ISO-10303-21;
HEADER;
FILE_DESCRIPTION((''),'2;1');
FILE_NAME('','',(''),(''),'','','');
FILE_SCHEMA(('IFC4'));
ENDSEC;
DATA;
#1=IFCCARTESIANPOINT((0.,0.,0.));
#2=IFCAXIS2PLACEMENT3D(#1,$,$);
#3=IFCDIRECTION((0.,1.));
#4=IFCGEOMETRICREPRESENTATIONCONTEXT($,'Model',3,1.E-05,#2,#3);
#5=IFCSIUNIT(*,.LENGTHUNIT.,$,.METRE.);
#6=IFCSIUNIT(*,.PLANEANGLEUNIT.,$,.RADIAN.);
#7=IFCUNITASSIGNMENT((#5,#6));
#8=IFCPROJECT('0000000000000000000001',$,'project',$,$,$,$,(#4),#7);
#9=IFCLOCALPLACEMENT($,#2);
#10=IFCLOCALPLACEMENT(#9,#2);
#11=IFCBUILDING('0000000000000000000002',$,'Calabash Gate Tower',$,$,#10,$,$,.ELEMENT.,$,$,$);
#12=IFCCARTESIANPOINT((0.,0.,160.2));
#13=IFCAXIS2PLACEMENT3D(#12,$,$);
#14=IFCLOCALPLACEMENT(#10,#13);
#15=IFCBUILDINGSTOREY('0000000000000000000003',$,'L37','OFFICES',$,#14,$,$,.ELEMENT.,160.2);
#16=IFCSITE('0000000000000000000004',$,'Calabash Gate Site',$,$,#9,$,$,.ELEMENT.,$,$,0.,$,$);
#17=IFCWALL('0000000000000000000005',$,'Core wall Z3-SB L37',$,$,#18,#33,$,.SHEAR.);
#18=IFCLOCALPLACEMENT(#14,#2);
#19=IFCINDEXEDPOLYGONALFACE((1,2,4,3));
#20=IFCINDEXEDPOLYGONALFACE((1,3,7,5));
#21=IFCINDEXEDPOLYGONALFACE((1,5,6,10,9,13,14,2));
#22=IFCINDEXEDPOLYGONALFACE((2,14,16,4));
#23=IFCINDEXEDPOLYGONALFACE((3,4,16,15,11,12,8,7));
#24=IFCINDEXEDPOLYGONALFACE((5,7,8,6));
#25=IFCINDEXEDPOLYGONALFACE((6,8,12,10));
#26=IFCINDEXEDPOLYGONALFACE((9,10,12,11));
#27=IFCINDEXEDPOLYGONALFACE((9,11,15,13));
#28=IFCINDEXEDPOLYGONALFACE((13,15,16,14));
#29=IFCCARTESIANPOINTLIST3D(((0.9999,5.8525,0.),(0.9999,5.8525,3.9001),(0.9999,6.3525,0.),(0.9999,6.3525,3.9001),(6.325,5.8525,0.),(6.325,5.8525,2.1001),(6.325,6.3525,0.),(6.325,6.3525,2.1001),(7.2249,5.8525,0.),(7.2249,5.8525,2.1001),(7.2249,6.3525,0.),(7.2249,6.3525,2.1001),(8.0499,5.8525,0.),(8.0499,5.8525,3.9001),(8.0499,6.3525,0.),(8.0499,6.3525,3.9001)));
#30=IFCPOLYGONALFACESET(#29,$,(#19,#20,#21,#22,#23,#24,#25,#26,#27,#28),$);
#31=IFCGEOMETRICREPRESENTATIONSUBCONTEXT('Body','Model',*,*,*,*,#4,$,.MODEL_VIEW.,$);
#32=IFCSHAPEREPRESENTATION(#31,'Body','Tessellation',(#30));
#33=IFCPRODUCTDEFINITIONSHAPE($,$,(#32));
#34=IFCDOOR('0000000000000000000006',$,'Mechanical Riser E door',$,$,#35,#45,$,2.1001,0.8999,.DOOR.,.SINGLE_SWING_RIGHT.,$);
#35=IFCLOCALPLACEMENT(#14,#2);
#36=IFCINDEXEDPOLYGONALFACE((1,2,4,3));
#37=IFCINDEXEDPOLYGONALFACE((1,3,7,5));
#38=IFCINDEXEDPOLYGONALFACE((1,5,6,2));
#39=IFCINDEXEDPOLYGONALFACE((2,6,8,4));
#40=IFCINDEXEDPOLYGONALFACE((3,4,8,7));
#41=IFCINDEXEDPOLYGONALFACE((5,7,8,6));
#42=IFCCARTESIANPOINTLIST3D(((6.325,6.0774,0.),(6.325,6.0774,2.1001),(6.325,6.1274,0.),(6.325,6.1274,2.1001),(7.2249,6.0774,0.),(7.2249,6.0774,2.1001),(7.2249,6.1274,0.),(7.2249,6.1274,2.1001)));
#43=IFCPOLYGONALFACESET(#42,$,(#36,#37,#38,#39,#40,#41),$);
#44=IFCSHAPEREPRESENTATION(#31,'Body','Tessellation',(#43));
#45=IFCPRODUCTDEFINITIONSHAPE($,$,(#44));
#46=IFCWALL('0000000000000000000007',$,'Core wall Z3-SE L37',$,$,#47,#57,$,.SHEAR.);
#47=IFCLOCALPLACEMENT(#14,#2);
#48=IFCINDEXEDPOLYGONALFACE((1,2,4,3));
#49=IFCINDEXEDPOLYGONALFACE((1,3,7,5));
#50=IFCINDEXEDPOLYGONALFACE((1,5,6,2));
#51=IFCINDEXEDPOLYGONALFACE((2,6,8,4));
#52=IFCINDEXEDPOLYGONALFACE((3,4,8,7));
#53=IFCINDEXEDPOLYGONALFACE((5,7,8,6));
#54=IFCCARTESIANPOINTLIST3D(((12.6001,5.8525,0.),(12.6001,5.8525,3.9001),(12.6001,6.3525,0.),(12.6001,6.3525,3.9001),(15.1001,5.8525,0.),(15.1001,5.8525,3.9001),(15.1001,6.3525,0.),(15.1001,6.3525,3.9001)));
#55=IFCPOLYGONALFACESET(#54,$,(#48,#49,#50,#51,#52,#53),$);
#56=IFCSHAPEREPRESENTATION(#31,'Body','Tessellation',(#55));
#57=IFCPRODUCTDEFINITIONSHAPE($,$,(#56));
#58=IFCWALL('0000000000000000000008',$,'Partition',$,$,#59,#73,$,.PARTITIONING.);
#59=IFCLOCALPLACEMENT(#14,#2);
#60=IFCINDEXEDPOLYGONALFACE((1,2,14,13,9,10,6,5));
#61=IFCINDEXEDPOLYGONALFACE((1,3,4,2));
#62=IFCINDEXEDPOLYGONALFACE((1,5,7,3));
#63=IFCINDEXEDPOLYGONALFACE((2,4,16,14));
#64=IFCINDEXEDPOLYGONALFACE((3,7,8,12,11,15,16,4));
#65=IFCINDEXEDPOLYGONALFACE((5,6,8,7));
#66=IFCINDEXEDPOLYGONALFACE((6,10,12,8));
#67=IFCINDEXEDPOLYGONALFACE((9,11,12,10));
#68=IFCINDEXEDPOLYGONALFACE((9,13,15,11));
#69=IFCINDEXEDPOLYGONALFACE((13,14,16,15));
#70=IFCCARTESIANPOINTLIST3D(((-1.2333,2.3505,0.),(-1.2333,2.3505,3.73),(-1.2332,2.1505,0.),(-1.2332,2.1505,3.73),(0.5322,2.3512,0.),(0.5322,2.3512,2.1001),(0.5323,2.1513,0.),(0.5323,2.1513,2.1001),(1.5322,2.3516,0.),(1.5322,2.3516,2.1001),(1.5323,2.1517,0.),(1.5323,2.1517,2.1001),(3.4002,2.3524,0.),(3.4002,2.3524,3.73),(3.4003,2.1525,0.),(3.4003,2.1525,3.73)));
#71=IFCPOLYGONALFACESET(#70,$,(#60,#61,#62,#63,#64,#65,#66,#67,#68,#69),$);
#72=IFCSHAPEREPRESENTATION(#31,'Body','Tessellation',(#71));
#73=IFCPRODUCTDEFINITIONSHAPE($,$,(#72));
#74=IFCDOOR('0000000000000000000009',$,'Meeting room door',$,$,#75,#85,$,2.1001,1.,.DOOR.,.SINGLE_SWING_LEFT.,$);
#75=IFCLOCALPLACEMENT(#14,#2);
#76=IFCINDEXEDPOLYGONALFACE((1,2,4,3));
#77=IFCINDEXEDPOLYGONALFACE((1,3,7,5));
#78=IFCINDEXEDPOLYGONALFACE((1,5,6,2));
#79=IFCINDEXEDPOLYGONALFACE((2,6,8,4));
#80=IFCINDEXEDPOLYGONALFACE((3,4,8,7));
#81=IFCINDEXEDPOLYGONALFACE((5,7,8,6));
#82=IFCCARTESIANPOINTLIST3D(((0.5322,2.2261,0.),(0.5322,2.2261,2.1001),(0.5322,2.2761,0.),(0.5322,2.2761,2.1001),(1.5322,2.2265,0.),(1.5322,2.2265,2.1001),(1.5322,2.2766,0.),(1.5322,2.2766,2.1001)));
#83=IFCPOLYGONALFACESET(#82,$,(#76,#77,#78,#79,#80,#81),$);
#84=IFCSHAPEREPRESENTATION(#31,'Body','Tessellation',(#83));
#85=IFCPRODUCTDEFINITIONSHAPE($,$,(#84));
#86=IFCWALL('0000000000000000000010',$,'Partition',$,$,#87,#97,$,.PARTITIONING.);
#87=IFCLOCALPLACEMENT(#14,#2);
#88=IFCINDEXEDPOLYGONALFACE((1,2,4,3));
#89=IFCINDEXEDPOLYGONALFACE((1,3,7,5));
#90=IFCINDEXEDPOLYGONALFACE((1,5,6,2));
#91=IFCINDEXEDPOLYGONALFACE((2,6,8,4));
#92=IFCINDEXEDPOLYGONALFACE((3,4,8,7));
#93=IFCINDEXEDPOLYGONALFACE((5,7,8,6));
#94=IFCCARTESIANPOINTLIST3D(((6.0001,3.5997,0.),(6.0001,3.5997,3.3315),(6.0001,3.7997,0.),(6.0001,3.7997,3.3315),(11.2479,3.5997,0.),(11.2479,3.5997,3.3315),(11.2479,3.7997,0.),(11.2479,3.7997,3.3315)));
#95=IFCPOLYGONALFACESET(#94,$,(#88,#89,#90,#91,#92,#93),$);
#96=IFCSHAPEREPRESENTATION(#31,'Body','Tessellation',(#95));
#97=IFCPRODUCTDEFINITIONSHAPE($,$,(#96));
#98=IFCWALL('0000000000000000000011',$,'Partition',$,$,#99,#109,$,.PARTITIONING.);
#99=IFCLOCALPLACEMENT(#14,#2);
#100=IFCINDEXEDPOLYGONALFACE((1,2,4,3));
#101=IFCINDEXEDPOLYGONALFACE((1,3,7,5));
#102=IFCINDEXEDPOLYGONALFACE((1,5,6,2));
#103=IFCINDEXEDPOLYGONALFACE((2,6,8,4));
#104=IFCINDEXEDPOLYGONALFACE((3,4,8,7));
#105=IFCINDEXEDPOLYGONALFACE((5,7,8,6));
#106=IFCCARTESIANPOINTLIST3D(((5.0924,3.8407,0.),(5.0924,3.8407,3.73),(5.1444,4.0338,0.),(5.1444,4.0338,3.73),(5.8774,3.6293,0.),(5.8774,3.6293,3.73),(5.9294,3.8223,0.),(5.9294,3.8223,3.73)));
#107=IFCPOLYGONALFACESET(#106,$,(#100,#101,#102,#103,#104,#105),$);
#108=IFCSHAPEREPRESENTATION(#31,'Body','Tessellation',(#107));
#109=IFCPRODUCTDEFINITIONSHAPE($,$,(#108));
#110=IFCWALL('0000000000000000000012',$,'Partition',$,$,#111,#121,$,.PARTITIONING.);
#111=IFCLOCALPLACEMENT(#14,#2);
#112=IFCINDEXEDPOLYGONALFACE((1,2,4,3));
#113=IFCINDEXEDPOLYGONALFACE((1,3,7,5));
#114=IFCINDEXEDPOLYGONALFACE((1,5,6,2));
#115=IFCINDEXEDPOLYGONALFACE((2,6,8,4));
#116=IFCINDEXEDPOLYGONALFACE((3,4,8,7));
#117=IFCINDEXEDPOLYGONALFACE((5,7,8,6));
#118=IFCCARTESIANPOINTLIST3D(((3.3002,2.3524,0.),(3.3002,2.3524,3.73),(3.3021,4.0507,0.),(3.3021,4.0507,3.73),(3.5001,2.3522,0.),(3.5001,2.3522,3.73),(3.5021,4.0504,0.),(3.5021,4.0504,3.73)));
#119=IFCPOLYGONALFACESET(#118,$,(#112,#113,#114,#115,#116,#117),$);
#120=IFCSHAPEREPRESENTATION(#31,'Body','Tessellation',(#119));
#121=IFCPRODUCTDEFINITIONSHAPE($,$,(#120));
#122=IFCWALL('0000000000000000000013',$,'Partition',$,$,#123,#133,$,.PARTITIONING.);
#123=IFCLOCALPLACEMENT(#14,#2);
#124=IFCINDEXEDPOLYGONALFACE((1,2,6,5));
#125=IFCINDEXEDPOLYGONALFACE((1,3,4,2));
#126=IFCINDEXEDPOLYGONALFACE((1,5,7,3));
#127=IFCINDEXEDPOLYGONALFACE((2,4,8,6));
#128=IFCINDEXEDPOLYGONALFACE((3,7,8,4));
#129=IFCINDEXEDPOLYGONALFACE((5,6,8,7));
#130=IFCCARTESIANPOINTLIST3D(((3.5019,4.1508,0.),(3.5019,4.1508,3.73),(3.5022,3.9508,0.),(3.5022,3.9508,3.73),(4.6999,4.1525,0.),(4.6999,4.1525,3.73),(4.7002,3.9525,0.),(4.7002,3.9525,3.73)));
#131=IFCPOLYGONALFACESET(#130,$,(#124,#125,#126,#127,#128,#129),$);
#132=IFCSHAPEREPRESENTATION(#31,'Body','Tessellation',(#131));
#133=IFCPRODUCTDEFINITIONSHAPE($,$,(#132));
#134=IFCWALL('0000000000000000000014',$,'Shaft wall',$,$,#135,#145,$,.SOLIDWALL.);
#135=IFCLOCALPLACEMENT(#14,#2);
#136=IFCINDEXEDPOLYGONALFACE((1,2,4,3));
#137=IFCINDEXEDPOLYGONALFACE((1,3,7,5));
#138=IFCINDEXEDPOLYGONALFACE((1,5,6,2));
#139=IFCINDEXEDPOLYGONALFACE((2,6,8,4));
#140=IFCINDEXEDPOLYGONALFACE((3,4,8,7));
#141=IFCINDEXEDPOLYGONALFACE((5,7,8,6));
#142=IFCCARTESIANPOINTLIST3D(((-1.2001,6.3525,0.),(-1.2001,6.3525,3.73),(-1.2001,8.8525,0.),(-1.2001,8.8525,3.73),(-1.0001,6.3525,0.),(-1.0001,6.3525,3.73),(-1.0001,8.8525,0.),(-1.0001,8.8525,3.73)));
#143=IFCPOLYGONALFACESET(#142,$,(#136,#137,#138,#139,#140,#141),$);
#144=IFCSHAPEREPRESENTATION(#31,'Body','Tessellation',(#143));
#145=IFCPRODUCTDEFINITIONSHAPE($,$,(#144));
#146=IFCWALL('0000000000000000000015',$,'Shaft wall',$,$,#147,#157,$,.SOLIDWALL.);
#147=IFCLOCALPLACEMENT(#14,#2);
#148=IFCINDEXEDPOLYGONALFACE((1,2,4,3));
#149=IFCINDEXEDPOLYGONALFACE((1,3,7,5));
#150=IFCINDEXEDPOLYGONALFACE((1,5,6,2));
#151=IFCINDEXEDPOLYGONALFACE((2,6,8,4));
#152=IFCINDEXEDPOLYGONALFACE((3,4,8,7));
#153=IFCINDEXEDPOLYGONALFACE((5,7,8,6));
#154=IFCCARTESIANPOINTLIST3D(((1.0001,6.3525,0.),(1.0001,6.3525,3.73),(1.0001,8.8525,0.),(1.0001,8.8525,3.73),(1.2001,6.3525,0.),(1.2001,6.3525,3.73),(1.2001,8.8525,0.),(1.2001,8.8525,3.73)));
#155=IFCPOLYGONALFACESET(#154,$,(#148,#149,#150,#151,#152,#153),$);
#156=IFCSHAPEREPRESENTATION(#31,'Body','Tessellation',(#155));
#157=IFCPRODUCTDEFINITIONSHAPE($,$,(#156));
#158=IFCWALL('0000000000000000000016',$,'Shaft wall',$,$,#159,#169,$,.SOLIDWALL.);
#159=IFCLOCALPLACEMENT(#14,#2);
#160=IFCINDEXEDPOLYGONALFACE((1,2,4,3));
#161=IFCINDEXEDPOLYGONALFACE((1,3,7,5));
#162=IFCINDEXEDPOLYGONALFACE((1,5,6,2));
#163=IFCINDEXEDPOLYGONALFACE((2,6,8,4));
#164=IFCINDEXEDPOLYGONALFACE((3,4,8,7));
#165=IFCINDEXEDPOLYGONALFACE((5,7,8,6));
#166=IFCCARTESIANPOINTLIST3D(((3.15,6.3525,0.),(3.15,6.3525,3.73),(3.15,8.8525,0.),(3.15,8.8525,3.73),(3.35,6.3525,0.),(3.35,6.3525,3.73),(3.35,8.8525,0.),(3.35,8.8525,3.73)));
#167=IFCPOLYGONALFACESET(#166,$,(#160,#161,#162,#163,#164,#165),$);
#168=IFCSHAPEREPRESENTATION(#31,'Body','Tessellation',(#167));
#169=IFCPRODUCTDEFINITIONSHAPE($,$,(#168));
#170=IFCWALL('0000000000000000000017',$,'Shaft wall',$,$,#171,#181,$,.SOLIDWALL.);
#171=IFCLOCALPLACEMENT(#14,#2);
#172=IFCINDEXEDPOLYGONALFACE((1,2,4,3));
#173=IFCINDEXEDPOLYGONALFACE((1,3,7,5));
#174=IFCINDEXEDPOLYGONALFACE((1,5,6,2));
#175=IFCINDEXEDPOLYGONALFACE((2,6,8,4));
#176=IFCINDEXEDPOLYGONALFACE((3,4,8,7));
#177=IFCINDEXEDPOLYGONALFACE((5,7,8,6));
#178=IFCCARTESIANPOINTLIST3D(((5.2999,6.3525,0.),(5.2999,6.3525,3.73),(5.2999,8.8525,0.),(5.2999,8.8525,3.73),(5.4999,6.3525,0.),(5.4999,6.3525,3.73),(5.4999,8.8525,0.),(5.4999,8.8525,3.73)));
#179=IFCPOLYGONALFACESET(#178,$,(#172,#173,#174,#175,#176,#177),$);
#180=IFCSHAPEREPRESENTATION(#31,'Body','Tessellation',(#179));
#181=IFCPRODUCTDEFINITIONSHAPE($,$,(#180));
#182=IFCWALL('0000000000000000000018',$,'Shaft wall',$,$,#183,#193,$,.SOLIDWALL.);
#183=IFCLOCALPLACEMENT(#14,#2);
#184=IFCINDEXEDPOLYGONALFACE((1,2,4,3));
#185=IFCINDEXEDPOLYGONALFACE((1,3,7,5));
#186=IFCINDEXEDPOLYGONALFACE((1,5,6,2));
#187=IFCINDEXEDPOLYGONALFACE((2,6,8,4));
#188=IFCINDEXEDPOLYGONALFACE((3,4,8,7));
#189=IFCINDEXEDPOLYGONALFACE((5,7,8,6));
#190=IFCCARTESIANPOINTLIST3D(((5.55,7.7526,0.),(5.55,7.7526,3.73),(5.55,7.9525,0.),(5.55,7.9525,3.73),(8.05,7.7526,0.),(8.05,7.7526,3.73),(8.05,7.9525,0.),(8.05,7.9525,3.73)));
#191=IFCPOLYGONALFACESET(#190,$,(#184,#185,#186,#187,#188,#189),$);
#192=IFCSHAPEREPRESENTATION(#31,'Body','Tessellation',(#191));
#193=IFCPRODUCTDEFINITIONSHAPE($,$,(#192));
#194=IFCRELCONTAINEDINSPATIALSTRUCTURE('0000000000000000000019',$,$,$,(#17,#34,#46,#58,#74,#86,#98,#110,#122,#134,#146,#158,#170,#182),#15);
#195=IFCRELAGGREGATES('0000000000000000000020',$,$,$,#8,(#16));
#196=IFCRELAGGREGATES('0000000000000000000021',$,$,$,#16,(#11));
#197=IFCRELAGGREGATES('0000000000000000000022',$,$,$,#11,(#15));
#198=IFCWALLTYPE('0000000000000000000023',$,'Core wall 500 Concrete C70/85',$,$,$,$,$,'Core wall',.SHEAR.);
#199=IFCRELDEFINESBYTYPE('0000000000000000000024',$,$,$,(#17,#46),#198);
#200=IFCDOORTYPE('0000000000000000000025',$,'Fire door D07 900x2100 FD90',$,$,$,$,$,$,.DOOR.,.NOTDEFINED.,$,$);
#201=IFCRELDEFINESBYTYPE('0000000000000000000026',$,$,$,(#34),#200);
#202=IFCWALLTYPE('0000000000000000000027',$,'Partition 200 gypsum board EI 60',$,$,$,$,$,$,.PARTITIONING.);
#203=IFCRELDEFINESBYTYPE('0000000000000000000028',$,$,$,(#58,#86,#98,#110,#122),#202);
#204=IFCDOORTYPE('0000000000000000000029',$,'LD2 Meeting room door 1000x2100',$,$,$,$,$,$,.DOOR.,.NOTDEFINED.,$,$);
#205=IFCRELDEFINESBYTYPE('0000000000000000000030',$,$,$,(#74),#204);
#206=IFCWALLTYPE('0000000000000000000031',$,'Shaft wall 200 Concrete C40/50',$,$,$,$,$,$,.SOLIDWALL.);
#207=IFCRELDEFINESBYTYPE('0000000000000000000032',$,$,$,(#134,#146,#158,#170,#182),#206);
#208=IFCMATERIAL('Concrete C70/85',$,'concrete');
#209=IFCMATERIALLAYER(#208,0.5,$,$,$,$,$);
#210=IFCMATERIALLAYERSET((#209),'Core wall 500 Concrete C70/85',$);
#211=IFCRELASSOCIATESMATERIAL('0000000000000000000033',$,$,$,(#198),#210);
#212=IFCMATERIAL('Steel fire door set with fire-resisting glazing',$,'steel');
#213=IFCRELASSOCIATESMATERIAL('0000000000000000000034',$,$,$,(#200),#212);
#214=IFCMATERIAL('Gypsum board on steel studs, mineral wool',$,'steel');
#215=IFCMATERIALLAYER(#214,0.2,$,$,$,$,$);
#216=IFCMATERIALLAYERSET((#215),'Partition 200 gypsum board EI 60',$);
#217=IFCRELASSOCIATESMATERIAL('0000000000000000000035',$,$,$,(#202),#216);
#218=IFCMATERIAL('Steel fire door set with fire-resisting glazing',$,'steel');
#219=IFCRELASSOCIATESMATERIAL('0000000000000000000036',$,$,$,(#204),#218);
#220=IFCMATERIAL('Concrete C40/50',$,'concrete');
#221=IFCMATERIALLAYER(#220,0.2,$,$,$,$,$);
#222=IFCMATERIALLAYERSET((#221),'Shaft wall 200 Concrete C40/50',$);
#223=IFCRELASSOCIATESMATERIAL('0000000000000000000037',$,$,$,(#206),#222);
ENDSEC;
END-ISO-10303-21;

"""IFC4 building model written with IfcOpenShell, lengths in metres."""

from ifc_helpers import new_model, si_unit, direction, frame, frame_2d, origin, place, context, subcontext, project, spatial, rectangle, extrude, material, layer, layer_set, type_object, element, fill, save


model = new_model("IFC4")

# Units and contexts
model_context = context("Model", 3, precision=1e-05, world=origin(), true_north=direction((0.0, 1.0)))
body_context = subcontext(model_context, "Body", "Model", "MODEL_VIEW")
ifc_project = project(units=[si_unit("LENGTHUNIT", "METRE"), si_unit("PLANEANGLEUNIT", "RADIAN")], contexts=[model_context])

# Site, building, storey
site_placement = place(None, origin())
site = spatial("IfcSite", under=ifc_project, at=site_placement, Name="Calabash Gate Site", CompositionType="ELEMENT", RefElevation=0.0)
building_placement = place(site_placement, origin())
building = spatial("IfcBuilding", under=site, at=building_placement, Name="Calabash Gate Tower", CompositionType="ELEMENT")
storey_placement = place(building_placement, frame((0.0, 0.0, 160.2)))
storey = spatial("IfcBuildingStorey", under=building, at=storey_placement, Name="L37", Description="OFFICES", CompositionType="ELEMENT", Elevation=160.2)

# Shared definitions
ifc_material_1 = material(Name="Concrete C70/85", Category="concrete")
ifc_layer_1 = layer(ifc_material_1, 0.5)
ifc_layer_set_1 = layer_set([ifc_layer_1], Name="Core wall 500 Concrete C70/85")
wall_type_1 = type_object("IfcWallType", Name="Core wall 500 Concrete C70/85", ElementType="Core wall", PredefinedType="SHEAR", material=ifc_layer_set_1)

# Wall, opening, door
wall_1_placement = place(storey_placement, frame((1.0, 6.1025, 0.0), z_axis=(0.0, 0.0, 1.0), x_axis=(1.0, 0.0, 0.0)))
wall_1 = element("IfcWall", 1, at=wall_1_placement, inside=storey, type_object=wall_type_1, Name="Core wall Z3-SB L37", PredefinedType="SHEAR", context=body_context, shape_type="SweptSolid", body=[
    extrude(rectangle(XDim=7.05, YDim=0.5, at=frame_2d((3.5249, 0.0))), origin(), (0.0, 0.0, 1.0), 3.9001),
])
opening_1_placement = place(wall_1_placement, frame((5.325, 0.0, 0.0)))
opening_1 = element("IfcOpeningElement", 2, at=opening_1_placement, cuts=wall_1, PredefinedType="OPENING", context=body_context, shape_type="SweptSolid", body=[
    extrude(rectangle(XDim=0.8999, YDim=2.1001, at=frame_2d((0.45, 1.05))), frame((0.0, 0.26, 0.0), z_axis=(0.0, -1.0, 0.0), x_axis=(1.0, 0.0, 0.0)), (0.0, 0.0, 1.0), 0.52),
])
ifc_material_2 = material(Name="Steel fire door set with fire-resisting glazing", Category="steel")
door_type_1 = type_object("IfcDoorType", Name="Fire door D07 900x2100 FD90", OperationType="NOTDEFINED", PredefinedType="DOOR", material=ifc_material_2)
door_1_placement = place(opening_1_placement, origin())
door_1 = element("IfcDoor", 3, at=door_1_placement, inside=storey, type_object=door_type_1, Name="Mechanical Riser E door", OperationType="SINGLE_SWING_RIGHT", OverallHeight=2.1001, OverallWidth=0.8999, PredefinedType="DOOR", context=body_context, shape_type="SweptSolid", body=[
    extrude(rectangle(XDim=0.8999, YDim=2.1001, at=frame_2d((0.45, 1.05))), frame((0.0, 0.0249, 0.0), z_axis=(0.0, -1.0, 0.0), x_axis=(1.0, 0.0, 0.0)), (0.0, 0.0, 1.0), 0.05),
])
fill(opening_1, door_1)

# Wall
wall_2_placement = place(storey_placement, frame((12.6001, 6.1025, 0.0), z_axis=(0.0, 0.0, 1.0), x_axis=(1.0, 0.0, 0.0)))
element("IfcWall", 4, at=wall_2_placement, inside=storey, type_object=wall_type_1, Name="Core wall Z3-SE L37", PredefinedType="SHEAR", context=body_context, shape_type="SweptSolid", body=[
    extrude(rectangle(XDim=2.5, YDim=0.5, at=frame_2d((1.25, 0.0))), origin(), (0.0, 0.0, 1.0), 3.9001),
])

# Wall, opening, door
ifc_material_3 = material(Name="Gypsum board on steel studs, mineral wool", Category="steel")
ifc_layer_2 = layer(ifc_material_3, 0.2)
ifc_layer_set_2 = layer_set([ifc_layer_2], Name="Partition 200 gypsum board EI 60")
wall_type_2 = type_object("IfcWallType", Name="Partition 200 gypsum board EI 60", PredefinedType="PARTITIONING", material=ifc_layer_set_2)
wall_3_placement = place(storey_placement, frame((-1.2334, 2.2505, 0.0), z_axis=(0.0, 0.0, 1.0), x_axis=(1.0, 0.000422, 0.0)))
wall_3 = element("IfcWall", 5, at=wall_3_placement, inside=storey, type_object=wall_type_2, Name="Partition", PredefinedType="PARTITIONING", context=body_context, shape_type="SweptSolid", body=[
    extrude(rectangle(XDim=4.6335, YDim=0.2, at=frame_2d((2.3169, 0.0))), origin(), (0.0, 0.0, 1.0), 3.73),
])
opening_2_placement = place(wall_3_placement, frame((1.7656, 0.0, 0.0)))
opening_2 = element("IfcOpeningElement", 6, at=opening_2_placement, cuts=wall_3, PredefinedType="OPENING", context=body_context, shape_type="SweptSolid", body=[
    extrude(rectangle(XDim=1.0, YDim=2.1001, at=frame_2d((0.5, 1.05))), frame((0.0, 0.1099, 0.0), z_axis=(0.0, -1.0, 0.0), x_axis=(1.0, 0.0, 0.0)), (0.0, 0.0, 1.0), 0.22),
])
ifc_material_4 = material(Name="Steel fire door set with fire-resisting glazing", Category="steel")
door_type_2 = type_object("IfcDoorType", Name="LD2 Meeting room door 1000x2100", OperationType="NOTDEFINED", PredefinedType="DOOR", material=ifc_material_4)
door_2_placement = place(opening_2_placement, origin())
door_2 = element("IfcDoor", 7, at=door_2_placement, inside=storey, type_object=door_type_2, Name="Meeting room door", OperationType="SINGLE_SWING_LEFT", OverallHeight=2.1001, OverallWidth=1.0, PredefinedType="DOOR", context=body_context, shape_type="SweptSolid", body=[
    extrude(rectangle(XDim=1.0, YDim=2.1001, at=frame_2d((0.5, 1.05))), frame((0.0, 0.0249, 0.0), z_axis=(0.0, -1.0, 0.0), x_axis=(1.0, 0.0, 0.0)), (0.0, 0.0, 1.0), 0.05),
])
fill(opening_2, door_2)

# Walls
wall_4_placement = place(storey_placement, frame((6.0, 3.6997, 0.0), z_axis=(0.0, 0.0, 1.0), x_axis=(1.0, 0.0, 0.0)))
element("IfcWall", 8, at=wall_4_placement, inside=storey, type_object=wall_type_2, Name="Partition", PredefinedType="PARTITIONING", context=body_context, shape_type="SweptSolid", body=[
    extrude(rectangle(XDim=5.2478, YDim=0.2, at=frame_2d((2.624, 0.0))), origin(), (0.0, 0.0, 1.0), 3.3315),
])
wall_5_placement = place(storey_placement, frame((5.1184, 3.9373, 0.0), z_axis=(0.0, 0.0, 1.0), x_axis=(0.965584, -0.260092, 0.0)))
element("IfcWall", 9, at=wall_5_placement, inside=storey, type_object=wall_type_2, Name="Partition", PredefinedType="PARTITIONING", context=body_context, shape_type="SweptSolid", body=[
    extrude(rectangle(XDim=0.813, YDim=0.2, at=frame_2d((0.4065, 0.0))), origin(), (0.0, 0.0, 1.0), 3.73),
])
wall_6_placement = place(storey_placement, frame((3.4001, 2.3523, 0.0), z_axis=(0.0, 0.0, 1.0), x_axis=(0.00115, 0.999999, 0.0)))
element("IfcWall", 10, at=wall_6_placement, inside=storey, type_object=wall_type_2, Name="Partition", PredefinedType="PARTITIONING", context=body_context, shape_type="SweptSolid", body=[
    extrude(rectangle(XDim=1.6982, YDim=0.2, at=frame_2d((0.8491, 0.0))), origin(), (0.0, 0.0, 1.0), 3.73),
])
wall_7_placement = place(storey_placement, frame((3.502, 4.0508, 0.0), z_axis=(0.0, 0.0, 1.0), x_axis=(0.999999, 0.001427, 0.0)))
element("IfcWall", 11, at=wall_7_placement, inside=storey, type_object=wall_type_2, Name="Partition", PredefinedType="PARTITIONING", context=body_context, shape_type="SweptSolid", body=[
    extrude(rectangle(XDim=1.198, YDim=0.2, at=frame_2d((0.5991, 0.0))), origin(), (0.0, 0.0, 1.0), 3.73),
])
ifc_material_5 = material(Name="Concrete C40/50", Category="concrete")
ifc_layer_3 = layer(ifc_material_5, 0.2)
ifc_layer_set_3 = layer_set([ifc_layer_3], Name="Shaft wall 200 Concrete C40/50")
wall_type_3 = type_object("IfcWallType", Name="Shaft wall 200 Concrete C40/50", PredefinedType="SOLIDWALL", material=ifc_layer_set_3)
for number, where, z_axis, x_axis, name in (
    (12, (-1.1001, 6.3525, 0.0), (0.0, 0.0, 1.0), (0.0, 1.0, 0.0), "Shaft wall"),
    (13, (1.1001, 6.3525, 0.0), (0.0, 0.0, 1.0), (0.0, 1.0, 0.0), "Shaft wall"),
    (14, (3.25, 6.3525, 0.0), (0.0, 0.0, 1.0), (0.0, 1.0, 0.0), "Shaft wall"),
    (15, (5.3999, 6.3525, 0.0), (0.0, 0.0, 1.0), (0.0, 1.0, 0.0), "Shaft wall"),
    (16, (5.55, 7.8525, 0.0), (0.0, 0.0, 1.0), (1.0, 0.0, 0.0), "Shaft wall"),
):
    element("IfcWall", number, at=place(storey_placement, frame(where, z_axis=z_axis, x_axis=x_axis)), inside=storey, type_object=wall_type_3, Name=name, PredefinedType="SOLIDWALL", context=body_context, shape_type="SweptSolid", body=[
        extrude(rectangle(XDim=2.5, YDim=0.2, at=frame_2d((1.25, 0.0))), origin(), (0.0, 0.0, 1.0), 3.73),
    ])

save(model, "model.ifc")
